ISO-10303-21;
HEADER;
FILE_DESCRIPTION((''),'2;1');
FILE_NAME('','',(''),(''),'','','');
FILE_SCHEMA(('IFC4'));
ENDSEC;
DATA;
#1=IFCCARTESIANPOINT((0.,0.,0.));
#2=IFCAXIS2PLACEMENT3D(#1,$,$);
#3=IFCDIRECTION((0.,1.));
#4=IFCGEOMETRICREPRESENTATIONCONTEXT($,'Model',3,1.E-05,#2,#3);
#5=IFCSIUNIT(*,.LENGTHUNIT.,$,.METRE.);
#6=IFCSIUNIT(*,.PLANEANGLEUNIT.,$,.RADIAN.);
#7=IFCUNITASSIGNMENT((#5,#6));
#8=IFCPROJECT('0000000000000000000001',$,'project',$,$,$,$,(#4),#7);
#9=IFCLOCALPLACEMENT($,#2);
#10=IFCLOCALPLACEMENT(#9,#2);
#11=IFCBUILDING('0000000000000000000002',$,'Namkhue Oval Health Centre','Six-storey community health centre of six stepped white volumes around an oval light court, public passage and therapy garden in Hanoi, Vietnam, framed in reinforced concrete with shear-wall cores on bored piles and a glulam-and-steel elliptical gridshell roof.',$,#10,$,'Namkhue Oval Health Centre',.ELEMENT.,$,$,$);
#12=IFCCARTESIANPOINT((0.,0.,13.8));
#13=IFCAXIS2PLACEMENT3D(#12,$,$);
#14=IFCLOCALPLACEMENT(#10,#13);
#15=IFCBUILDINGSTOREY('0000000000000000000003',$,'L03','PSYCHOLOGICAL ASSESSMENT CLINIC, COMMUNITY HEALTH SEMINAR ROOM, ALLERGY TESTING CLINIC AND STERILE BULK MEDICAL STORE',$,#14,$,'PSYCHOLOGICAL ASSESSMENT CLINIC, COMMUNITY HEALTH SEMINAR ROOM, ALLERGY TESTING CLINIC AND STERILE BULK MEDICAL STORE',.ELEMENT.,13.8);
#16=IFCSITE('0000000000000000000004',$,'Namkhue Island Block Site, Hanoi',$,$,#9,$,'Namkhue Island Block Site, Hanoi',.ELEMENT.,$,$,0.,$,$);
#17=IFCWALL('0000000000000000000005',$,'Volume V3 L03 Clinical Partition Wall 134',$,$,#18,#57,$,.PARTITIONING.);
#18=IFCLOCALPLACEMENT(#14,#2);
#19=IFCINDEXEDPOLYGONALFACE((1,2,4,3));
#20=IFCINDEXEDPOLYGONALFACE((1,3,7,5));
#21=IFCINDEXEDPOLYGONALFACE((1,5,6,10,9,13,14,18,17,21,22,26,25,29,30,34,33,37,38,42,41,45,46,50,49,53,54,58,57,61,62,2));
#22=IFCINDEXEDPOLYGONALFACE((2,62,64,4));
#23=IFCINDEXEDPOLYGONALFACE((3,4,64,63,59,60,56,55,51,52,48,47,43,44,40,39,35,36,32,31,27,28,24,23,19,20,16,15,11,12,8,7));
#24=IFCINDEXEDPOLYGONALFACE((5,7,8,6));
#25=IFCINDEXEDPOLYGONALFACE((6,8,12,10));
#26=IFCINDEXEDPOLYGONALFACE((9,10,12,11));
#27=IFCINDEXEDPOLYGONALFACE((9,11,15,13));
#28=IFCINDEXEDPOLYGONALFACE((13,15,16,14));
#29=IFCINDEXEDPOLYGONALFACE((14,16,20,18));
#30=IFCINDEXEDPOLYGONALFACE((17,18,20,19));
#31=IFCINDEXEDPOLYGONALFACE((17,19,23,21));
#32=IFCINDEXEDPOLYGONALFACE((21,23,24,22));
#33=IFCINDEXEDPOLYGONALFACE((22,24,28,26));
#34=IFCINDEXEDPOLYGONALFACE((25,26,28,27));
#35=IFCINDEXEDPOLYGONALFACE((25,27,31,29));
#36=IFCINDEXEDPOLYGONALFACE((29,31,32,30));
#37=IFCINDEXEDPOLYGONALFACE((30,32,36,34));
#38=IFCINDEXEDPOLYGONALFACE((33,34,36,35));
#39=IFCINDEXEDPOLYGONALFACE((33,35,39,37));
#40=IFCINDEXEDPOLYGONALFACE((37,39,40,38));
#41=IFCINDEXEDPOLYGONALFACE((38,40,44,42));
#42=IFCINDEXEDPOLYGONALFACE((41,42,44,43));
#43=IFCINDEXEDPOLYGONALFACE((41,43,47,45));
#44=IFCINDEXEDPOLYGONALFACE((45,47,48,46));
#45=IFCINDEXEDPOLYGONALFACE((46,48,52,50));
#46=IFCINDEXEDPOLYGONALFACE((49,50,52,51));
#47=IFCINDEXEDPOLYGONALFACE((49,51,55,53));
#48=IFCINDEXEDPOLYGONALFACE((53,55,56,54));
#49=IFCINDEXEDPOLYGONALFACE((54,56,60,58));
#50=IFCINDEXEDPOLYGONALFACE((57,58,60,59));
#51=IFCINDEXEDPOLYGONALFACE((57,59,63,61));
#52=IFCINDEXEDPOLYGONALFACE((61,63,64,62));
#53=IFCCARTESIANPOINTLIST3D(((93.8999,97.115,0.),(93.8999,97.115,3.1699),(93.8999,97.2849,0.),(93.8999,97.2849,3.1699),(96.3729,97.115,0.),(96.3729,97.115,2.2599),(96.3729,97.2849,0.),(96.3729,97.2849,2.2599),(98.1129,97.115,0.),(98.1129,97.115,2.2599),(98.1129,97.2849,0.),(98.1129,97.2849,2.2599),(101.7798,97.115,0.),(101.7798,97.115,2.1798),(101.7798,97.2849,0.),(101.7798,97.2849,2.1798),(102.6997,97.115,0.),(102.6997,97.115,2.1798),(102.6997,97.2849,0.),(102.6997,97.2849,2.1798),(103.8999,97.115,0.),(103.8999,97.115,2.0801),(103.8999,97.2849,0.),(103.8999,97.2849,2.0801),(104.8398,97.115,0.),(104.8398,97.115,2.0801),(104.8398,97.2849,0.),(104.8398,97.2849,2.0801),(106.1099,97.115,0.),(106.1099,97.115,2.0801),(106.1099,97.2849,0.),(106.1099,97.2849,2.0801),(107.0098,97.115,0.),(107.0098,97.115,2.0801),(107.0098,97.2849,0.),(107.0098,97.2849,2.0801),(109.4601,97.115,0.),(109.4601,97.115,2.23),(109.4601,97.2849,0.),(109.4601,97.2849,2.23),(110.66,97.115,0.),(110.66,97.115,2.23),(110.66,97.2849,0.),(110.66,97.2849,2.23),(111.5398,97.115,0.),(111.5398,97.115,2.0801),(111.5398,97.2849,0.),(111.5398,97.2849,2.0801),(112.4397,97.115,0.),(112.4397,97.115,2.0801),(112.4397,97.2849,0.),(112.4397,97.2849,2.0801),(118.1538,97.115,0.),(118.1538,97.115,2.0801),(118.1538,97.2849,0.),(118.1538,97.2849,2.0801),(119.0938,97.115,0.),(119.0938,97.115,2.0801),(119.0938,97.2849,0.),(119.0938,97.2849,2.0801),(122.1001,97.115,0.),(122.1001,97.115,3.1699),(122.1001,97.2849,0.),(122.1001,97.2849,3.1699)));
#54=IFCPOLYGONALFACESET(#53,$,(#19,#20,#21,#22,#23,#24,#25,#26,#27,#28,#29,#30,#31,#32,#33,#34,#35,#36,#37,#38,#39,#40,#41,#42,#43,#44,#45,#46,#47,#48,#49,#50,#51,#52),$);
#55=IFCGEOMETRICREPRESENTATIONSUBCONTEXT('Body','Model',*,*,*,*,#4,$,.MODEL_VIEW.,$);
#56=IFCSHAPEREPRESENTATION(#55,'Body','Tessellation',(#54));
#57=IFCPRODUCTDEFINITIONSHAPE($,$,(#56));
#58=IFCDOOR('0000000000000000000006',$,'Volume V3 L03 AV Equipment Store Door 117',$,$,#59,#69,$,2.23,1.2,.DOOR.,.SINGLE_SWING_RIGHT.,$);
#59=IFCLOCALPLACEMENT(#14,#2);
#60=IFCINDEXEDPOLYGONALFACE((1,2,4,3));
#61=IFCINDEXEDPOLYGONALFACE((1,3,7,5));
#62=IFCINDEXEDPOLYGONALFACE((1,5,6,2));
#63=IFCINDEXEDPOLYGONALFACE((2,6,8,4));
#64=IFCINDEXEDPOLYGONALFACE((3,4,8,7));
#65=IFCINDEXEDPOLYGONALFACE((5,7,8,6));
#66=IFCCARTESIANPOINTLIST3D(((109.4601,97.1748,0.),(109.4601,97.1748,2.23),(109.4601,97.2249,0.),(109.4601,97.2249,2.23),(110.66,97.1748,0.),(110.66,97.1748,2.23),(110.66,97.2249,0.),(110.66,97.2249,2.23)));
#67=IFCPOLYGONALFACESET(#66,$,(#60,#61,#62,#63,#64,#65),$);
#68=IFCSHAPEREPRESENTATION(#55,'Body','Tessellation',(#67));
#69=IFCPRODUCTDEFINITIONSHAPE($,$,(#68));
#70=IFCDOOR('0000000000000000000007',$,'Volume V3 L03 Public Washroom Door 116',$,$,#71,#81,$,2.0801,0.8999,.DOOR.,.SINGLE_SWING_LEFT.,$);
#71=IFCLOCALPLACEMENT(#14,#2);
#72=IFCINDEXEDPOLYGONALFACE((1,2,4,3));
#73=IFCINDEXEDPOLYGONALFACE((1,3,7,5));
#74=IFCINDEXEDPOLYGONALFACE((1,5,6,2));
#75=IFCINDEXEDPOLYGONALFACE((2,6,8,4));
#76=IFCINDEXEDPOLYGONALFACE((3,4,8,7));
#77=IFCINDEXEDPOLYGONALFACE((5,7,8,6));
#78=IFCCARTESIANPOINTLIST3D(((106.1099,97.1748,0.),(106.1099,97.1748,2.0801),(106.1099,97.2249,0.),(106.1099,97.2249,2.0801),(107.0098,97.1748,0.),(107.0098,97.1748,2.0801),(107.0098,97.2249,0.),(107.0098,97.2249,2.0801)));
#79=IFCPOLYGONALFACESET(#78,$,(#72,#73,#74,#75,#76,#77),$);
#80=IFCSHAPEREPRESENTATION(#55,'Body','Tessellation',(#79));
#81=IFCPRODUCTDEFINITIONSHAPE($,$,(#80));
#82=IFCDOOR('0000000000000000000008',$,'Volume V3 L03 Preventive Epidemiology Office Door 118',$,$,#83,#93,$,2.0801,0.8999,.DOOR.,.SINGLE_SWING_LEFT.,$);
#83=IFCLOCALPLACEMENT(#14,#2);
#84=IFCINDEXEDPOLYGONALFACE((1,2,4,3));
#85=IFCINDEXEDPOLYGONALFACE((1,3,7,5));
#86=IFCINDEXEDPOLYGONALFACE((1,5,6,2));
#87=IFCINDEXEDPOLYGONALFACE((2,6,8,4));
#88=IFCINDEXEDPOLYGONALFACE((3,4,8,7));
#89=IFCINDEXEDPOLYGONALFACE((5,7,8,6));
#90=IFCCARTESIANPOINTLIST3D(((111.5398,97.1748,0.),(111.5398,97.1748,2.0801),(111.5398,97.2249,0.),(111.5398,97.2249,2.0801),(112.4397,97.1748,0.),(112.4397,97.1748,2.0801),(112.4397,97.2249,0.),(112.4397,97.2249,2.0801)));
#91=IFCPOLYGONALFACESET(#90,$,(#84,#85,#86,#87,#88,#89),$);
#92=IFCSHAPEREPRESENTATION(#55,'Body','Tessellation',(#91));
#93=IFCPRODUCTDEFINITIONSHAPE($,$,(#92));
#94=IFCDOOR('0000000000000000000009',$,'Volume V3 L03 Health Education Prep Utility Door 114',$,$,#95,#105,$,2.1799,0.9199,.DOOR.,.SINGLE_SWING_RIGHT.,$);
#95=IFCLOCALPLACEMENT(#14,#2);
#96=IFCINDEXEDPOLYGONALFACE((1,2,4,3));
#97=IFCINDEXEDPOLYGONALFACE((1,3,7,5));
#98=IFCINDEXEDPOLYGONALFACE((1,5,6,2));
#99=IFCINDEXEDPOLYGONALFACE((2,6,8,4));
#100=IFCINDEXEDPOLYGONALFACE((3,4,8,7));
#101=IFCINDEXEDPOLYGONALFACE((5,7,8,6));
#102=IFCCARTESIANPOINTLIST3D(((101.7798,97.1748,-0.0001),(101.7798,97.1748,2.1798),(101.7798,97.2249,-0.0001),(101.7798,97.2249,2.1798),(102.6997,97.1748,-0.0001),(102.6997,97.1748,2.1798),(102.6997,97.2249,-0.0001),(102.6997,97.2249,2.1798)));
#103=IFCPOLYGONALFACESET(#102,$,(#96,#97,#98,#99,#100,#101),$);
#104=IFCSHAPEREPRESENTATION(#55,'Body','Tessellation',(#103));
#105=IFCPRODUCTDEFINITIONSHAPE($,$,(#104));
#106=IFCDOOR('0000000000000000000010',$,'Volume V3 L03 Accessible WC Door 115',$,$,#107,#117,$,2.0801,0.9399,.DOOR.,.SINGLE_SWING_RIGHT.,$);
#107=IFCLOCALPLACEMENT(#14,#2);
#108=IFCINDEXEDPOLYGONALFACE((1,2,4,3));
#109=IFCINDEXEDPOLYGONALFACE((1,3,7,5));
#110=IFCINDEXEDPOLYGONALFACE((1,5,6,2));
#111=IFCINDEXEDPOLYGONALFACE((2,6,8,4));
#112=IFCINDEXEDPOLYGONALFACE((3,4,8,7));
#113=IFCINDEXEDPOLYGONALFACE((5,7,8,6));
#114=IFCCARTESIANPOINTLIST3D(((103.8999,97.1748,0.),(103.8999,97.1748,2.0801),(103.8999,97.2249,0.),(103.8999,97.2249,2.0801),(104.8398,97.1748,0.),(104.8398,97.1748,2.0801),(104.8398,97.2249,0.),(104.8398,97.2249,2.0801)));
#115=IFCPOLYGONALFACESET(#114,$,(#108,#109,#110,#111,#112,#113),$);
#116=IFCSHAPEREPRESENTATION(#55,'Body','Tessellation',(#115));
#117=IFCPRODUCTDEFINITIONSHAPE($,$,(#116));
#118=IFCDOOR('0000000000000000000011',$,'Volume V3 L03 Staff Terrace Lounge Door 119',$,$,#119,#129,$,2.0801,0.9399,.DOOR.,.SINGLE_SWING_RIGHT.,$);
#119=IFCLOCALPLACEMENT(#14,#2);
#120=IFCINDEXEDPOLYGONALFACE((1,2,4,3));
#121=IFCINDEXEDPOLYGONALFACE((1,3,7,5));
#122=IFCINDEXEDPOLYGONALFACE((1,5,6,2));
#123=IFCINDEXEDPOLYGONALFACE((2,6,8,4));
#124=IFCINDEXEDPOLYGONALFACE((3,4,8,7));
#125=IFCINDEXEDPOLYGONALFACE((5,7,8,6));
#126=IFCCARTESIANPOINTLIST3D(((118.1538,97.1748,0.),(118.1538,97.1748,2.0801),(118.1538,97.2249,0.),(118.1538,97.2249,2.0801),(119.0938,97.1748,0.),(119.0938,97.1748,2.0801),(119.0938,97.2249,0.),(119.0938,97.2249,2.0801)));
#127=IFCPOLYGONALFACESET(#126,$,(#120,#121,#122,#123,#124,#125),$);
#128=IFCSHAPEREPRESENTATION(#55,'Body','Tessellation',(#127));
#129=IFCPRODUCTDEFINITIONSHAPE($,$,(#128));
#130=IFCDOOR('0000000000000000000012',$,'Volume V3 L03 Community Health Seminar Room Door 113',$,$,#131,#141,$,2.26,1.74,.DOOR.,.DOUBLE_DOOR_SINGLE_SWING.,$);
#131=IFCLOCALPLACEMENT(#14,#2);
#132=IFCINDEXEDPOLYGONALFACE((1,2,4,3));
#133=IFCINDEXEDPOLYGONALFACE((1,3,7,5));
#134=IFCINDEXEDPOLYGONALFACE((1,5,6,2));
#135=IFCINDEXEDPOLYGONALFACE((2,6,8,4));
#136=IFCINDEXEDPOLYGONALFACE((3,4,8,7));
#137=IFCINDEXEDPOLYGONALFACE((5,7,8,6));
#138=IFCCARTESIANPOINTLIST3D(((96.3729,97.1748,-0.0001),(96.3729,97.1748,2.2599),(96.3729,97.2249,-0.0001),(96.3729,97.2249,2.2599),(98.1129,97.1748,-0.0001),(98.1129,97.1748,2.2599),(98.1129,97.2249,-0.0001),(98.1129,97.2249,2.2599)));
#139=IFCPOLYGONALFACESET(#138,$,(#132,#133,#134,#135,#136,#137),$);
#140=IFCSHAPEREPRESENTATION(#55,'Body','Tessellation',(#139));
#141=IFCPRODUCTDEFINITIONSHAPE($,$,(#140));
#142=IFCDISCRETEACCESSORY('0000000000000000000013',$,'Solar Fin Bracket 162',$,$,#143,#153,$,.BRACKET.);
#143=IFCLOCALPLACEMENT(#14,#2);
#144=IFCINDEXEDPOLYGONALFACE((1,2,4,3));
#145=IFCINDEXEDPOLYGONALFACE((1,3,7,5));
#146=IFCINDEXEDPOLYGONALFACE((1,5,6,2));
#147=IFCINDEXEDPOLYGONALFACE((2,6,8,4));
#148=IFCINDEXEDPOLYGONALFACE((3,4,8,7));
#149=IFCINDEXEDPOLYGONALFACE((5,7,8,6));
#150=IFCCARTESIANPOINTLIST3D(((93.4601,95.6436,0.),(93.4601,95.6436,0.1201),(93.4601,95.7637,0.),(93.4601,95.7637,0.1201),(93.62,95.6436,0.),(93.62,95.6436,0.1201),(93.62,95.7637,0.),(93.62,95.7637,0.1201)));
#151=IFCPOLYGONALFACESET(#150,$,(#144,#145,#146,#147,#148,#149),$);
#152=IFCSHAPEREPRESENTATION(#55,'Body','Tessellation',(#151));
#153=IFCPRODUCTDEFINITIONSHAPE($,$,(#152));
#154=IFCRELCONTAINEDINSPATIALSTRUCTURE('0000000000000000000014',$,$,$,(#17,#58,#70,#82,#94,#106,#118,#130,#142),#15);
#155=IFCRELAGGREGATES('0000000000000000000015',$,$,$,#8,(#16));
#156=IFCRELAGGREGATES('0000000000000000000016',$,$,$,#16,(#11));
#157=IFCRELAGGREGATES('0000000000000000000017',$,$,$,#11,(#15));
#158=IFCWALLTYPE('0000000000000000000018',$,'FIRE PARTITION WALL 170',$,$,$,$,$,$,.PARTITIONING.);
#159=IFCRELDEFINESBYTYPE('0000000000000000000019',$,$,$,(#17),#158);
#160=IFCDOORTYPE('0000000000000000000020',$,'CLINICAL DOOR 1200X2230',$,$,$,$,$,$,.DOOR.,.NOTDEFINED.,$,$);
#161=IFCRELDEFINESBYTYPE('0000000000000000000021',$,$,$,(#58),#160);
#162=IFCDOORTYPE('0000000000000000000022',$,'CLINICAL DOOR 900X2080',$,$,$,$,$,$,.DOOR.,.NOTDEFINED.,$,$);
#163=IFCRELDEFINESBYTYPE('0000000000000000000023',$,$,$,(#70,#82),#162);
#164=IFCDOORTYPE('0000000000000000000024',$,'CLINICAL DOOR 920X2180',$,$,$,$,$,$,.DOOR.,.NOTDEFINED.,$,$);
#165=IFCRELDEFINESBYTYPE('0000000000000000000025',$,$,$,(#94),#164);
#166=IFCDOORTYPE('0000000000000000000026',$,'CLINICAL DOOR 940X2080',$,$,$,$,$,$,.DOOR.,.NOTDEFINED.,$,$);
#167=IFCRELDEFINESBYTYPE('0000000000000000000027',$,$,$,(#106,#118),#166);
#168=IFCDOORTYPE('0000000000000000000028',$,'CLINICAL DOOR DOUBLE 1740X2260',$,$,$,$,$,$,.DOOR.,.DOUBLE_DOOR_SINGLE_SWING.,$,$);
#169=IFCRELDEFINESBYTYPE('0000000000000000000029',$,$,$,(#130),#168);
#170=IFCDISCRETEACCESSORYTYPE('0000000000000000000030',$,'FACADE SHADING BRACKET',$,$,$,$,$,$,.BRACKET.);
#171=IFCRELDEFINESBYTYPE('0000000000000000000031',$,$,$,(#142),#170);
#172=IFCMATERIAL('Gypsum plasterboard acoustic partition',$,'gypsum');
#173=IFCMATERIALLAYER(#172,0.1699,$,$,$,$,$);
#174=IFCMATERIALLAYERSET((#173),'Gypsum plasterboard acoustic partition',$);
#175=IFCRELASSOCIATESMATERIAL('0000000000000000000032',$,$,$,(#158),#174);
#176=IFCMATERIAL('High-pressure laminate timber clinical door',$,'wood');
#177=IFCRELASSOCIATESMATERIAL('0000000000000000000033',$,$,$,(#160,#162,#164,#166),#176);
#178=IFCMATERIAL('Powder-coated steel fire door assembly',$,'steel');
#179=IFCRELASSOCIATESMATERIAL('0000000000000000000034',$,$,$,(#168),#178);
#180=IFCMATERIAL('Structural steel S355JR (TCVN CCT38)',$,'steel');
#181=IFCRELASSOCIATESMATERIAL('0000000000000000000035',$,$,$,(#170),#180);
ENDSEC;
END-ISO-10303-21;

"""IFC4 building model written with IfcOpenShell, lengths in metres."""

from ifc_helpers import new_model, si_unit, direction, frame, frame_2d, origin, origin_2d, place, context, subcontext, project, spatial, rectangle, extrude, material, layer, layer_set, type_object, element, fill, save


model = new_model("IFC4")

# Units and contexts
model_context = context("Model", 3, precision=1e-05, world=origin(), true_north=direction((0.0, 1.0)))
body_context = subcontext(model_context, "Body", "Model", "MODEL_VIEW")
ifc_project = project(units=[si_unit("LENGTHUNIT", "METRE"), si_unit("PLANEANGLEUNIT", "RADIAN")], contexts=[model_context])

# Site, building, storey
site_placement = place(None, origin())
site = spatial("IfcSite", under=ifc_project, at=site_placement, Name="Namkhue Island Block Site, Hanoi", LongName="Namkhue Island Block Site, Hanoi", CompositionType="ELEMENT", RefElevation=0.0)
building_placement = place(site_placement, origin())
building = spatial("IfcBuilding", under=site, at=building_placement, Name="Namkhue Oval Health Centre", Description="Six-storey community health centre of six stepped white volumes around an oval light court, public passage and therapy garden in Hanoi, Vietnam, framed in reinforced concrete with shear-wall cores on bored piles and a glulam-and-steel elliptical gridshell roof.", LongName="Namkhue Oval Health Centre", CompositionType="ELEMENT")
storey_placement = place(building_placement, frame((0.0, 0.0, 13.8)))
storey = spatial("IfcBuildingStorey", under=building, at=storey_placement, Name="L03", Description="PSYCHOLOGICAL ASSESSMENT CLINIC, COMMUNITY HEALTH SEMINAR ROOM, ALLERGY TESTING CLINIC AND STERILE BULK MEDICAL STORE", LongName="PSYCHOLOGICAL ASSESSMENT CLINIC, COMMUNITY HEALTH SEMINAR ROOM, ALLERGY TESTING CLINIC AND STERILE BULK MEDICAL STORE", CompositionType="ELEMENT", Elevation=13.8)

# Wall, openings, doors
ifc_material_1 = material(Name="Gypsum plasterboard acoustic partition", Category="gypsum")
ifc_layer_1 = layer(ifc_material_1, 0.1699)
ifc_layer_set_1 = layer_set([ifc_layer_1], Name="Gypsum plasterboard acoustic partition")
wall_type = type_object("IfcWallType", Name="FIRE PARTITION WALL 170", PredefinedType="PARTITIONING", material=ifc_layer_set_1)
wall_placement = place(storey_placement, frame((93.8999, 97.2, 0.0), z_axis=(0.0, 0.0, 1.0), x_axis=(1.0, 0.0, 0.0)))
wall = element("IfcWall", 1, at=wall_placement, inside=storey, type_object=wall_type, Name="Volume V3 L03 Clinical Partition Wall 134", PredefinedType="PARTITIONING", context=body_context, shape_type="SweptSolid", body=[
    extrude(rectangle(XDim=28.2002, YDim=0.1699, at=frame_2d((14.1001, 0.0))), origin(), (0.0, 0.0, 1.0), 3.1699),
])
opening_1_placement = place(wall_placement, frame((2.4729, 0.0, 0.0)))
opening_1 = element("IfcOpeningElement", 2, at=opening_1_placement, cuts=wall, PredefinedType="OPENING", context=body_context, shape_type="SweptSolid", body=[
    extrude(rectangle(XDim=1.74, YDim=2.26, at=frame_2d((0.8701, 1.1299))), frame((0.0, 0.095, 0.0), z_axis=(0.0, -1.0, 0.0), x_axis=(1.0, 0.0, 0.0)), (0.0, 0.0, 1.0), 0.1899),
])
opening_2_placement = place(wall_placement, frame((7.8799, 0.0, 0.0)))
opening_2 = element("IfcOpeningElement", 3, at=opening_2_placement, cuts=wall, PredefinedType="OPENING", context=body_context, shape_type="SweptSolid", body=[
    extrude(rectangle(XDim=0.9199, YDim=2.1799, at=frame_2d((0.46, 1.0898))), frame((0.0, 0.095, 0.0), z_axis=(0.0, -1.0, 0.0), x_axis=(1.0, 0.0, 0.0)), (0.0, 0.0, 1.0), 0.1899),
])
opening_3_placement = place(wall_placement, frame((10.0, 0.0, 0.0)))
opening_3 = element("IfcOpeningElement", 4, at=opening_3_placement, cuts=wall, PredefinedType="OPENING", context=body_context, shape_type="SweptSolid", body=[
    extrude(rectangle(XDim=0.9399, YDim=2.0801, at=frame_2d((0.47, 1.04))), frame((0.0, 0.095, 0.0), z_axis=(0.0, -1.0, 0.0), x_axis=(1.0, 0.0, 0.0)), (0.0, 0.0, 1.0), 0.1899),
])
opening_4_placement = place(wall_placement, frame((12.21, 0.0, 0.0)))
opening_4 = element("IfcOpeningElement", 5, at=opening_4_placement, cuts=wall, PredefinedType="OPENING", context=body_context, shape_type="SweptSolid", body=[
    extrude(rectangle(XDim=0.8999, YDim=2.0801, at=frame_2d((0.45, 1.04))), frame((0.0, 0.095, 0.0), z_axis=(0.0, -1.0, 0.0), x_axis=(1.0, 0.0, 0.0)), (0.0, 0.0, 1.0), 0.1899),
])
opening_5_placement = place(wall_placement, frame((15.5601, 0.0, 0.0)))
opening_5 = element("IfcOpeningElement", 6, at=opening_5_placement, cuts=wall, PredefinedType="OPENING", context=body_context, shape_type="SweptSolid", body=[
    extrude(rectangle(XDim=1.2, YDim=2.23, at=frame_2d((0.6001, 1.115))), frame((0.0, 0.095, 0.0), z_axis=(0.0, -1.0, 0.0), x_axis=(1.0, 0.0, 0.0)), (0.0, 0.0, 1.0), 0.1899),
])
opening_6_placement = place(wall_placement, frame((17.6399, 0.0, 0.0)))
opening_6 = element("IfcOpeningElement", 7, at=opening_6_placement, cuts=wall, PredefinedType="OPENING", context=body_context, shape_type="SweptSolid", body=[
    extrude(rectangle(XDim=0.8999, YDim=2.0801, at=frame_2d((0.45, 1.04))), frame((0.0, 0.095, 0.0), z_axis=(0.0, -1.0, 0.0), x_axis=(1.0, 0.0, 0.0)), (0.0, 0.0, 1.0), 0.1899),
])
opening_7_placement = place(wall_placement, frame((24.2539, 0.0, 0.0)))
opening_7 = element("IfcOpeningElement", 8, at=opening_7_placement, cuts=wall, PredefinedType="OPENING", context=body_context, shape_type="SweptSolid", body=[
    extrude(rectangle(XDim=0.9399, YDim=2.0801, at=frame_2d((0.47, 1.04))), frame((0.0, 0.095, 0.0), z_axis=(0.0, -1.0, 0.0), x_axis=(1.0, 0.0, 0.0)), (0.0, 0.0, 1.0), 0.1899),
])
ifc_material_2 = material(Name="High-pressure laminate timber clinical door", Category="wood")
door_type_1 = type_object("IfcDoorType", Name="CLINICAL DOOR 1200X2230", OperationType="NOTDEFINED", PredefinedType="DOOR", material=ifc_material_2)
door_1_placement = place(opening_5_placement, origin())
door_1 = element("IfcDoor", 9, at=door_1_placement, inside=storey, type_object=door_type_1, Name="Volume V3 L03 AV Equipment Store Door 117", OperationType="SINGLE_SWING_RIGHT", OverallHeight=2.23, OverallWidth=1.2, PredefinedType="DOOR", context=body_context, shape_type="SweptSolid", body=[
    extrude(rectangle(XDim=1.2, YDim=2.23, at=frame_2d((0.6001, 1.115))), frame((0.0, 0.0249, 0.0), z_axis=(0.0, -1.0, 0.0), x_axis=(1.0, 0.0, 0.0)), (0.0, 0.0, 1.0), 0.05),
])
fill(opening_5, door_1)
door_type_2 = type_object("IfcDoorType", Name="CLINICAL DOOR 900X2080", OperationType="NOTDEFINED", PredefinedType="DOOR", material=ifc_material_2)
door_2_placement = place(opening_4_placement, origin())
door_2 = element("IfcDoor", 10, at=door_2_placement, inside=storey, type_object=door_type_2, Name="Volume V3 L03 Public Washroom Door 116", OperationType="SINGLE_SWING_LEFT", OverallHeight=2.0801, OverallWidth=0.8999, PredefinedType="DOOR", context=body_context, shape_type="SweptSolid", body=[
    extrude(rectangle(XDim=0.8999, YDim=2.0801, at=frame_2d((0.45, 1.04))), frame((0.0, 0.0249, 0.0), z_axis=(0.0, -1.0, 0.0), x_axis=(1.0, 0.0, 0.0)), (0.0, 0.0, 1.0), 0.05),
])
fill(opening_4, door_2)
door_3_placement = place(opening_6_placement, origin())
door_3 = element("IfcDoor", 11, at=door_3_placement, inside=storey, type_object=door_type_2, Name="Volume V3 L03 Preventive Epidemiology Office Door 118", OperationType="SINGLE_SWING_LEFT", OverallHeight=2.0801, OverallWidth=0.8999, PredefinedType="DOOR", context=body_context, shape_type="SweptSolid", body=[
    extrude(rectangle(XDim=0.8999, YDim=2.0801, at=frame_2d((0.45, 1.04))), frame((0.0, 0.0249, 0.0), z_axis=(0.0, -1.0, 0.0), x_axis=(1.0, 0.0, 0.0)), (0.0, 0.0, 1.0), 0.05),
])
fill(opening_6, door_3)
door_type_3 = type_object("IfcDoorType", Name="CLINICAL DOOR 920X2180", OperationType="NOTDEFINED", PredefinedType="DOOR", material=ifc_material_2)
door_4_placement = place(opening_2_placement, origin())
door_4 = element("IfcDoor", 12, at=door_4_placement, inside=storey, type_object=door_type_3, Name="Volume V3 L03 Health Education Prep Utility Door 114", OperationType="SINGLE_SWING_RIGHT", OverallHeight=2.1799, OverallWidth=0.9199, PredefinedType="DOOR", context=body_context, shape_type="SweptSolid", body=[
    extrude(rectangle(XDim=0.9199, YDim=2.1799, at=frame_2d((0.46, 1.0898))), frame((0.0, 0.0249, 0.0), z_axis=(0.0, -1.0, 0.0), x_axis=(1.0, 0.0, 0.0)), (0.0, 0.0, 1.0), 0.05),
])
fill(opening_2, door_4)
door_type_4 = type_object("IfcDoorType", Name="CLINICAL DOOR 940X2080", OperationType="NOTDEFINED", PredefinedType="DOOR", material=ifc_material_2)
door_5_placement = place(opening_3_placement, origin())
door_5 = element("IfcDoor", 13, at=door_5_placement, inside=storey, type_object=door_type_4, Name="Volume V3 L03 Accessible WC Door 115", OperationType="SINGLE_SWING_RIGHT", OverallHeight=2.0801, OverallWidth=0.9399, PredefinedType="DOOR", context=body_context, shape_type="SweptSolid", body=[
    extrude(rectangle(XDim=0.9399, YDim=2.0801, at=frame_2d((0.47, 1.04))), frame((0.0, 0.0249, 0.0), z_axis=(0.0, -1.0, 0.0), x_axis=(1.0, 0.0, 0.0)), (0.0, 0.0, 1.0), 0.05),
])
fill(opening_3, door_5)
door_6_placement = place(opening_7_placement, origin())
door_6 = element("IfcDoor", 14, at=door_6_placement, inside=storey, type_object=door_type_4, Name="Volume V3 L03 Staff Terrace Lounge Door 119", OperationType="SINGLE_SWING_RIGHT", OverallHeight=2.0801, OverallWidth=0.9399, PredefinedType="DOOR", context=body_context, shape_type="SweptSolid", body=[
    extrude(rectangle(XDim=0.9399, YDim=2.0801, at=frame_2d((0.47, 1.04))), frame((0.0, 0.0249, 0.0), z_axis=(0.0, -1.0, 0.0), x_axis=(1.0, 0.0, 0.0)), (0.0, 0.0, 1.0), 0.05),
])
fill(opening_7, door_6)
ifc_material_3 = material(Name="Powder-coated steel fire door assembly", Category="steel")
door_type_5 = type_object("IfcDoorType", Name="CLINICAL DOOR DOUBLE 1740X2260", OperationType="DOUBLE_DOOR_SINGLE_SWING", PredefinedType="DOOR", material=ifc_material_3)
door_7_placement = place(opening_1_placement, origin())
door_7 = element("IfcDoor", 15, at=door_7_placement, inside=storey, type_object=door_type_5, Name="Volume V3 L03 Community Health Seminar Room Door 113", OperationType="DOUBLE_DOOR_SINGLE_SWING", OverallHeight=2.26, OverallWidth=1.74, PredefinedType="DOOR", context=body_context, shape_type="SweptSolid", body=[
    extrude(rectangle(XDim=1.74, YDim=2.26, at=frame_2d((0.8701, 1.1299))), frame((0.0, 0.0249, 0.0), z_axis=(0.0, -1.0, 0.0), x_axis=(1.0, 0.0, 0.0)), (0.0, 0.0, 1.0), 0.05),
])
fill(opening_1, door_7)

# Discrete accessory
ifc_material_4 = material(Name="Structural steel S355JR (TCVN CCT38)", Category="steel")
discrete_accessory_type = type_object("IfcDiscreteAccessoryType", Name="FACADE SHADING BRACKET", PredefinedType="BRACKET", material=ifc_material_4)
discrete_accessory_placement = place(storey_placement, frame((93.54, 95.7036, 0.0), z_axis=(0.0, 0.0, 1.0), x_axis=(-1.0, 0.0, 0.0)))
element("IfcDiscreteAccessory", 16, at=discrete_accessory_placement, inside=storey, type_object=discrete_accessory_type, Name="Solar Fin Bracket 162", PredefinedType="BRACKET", context=body_context, shape_type="SweptSolid", body=[
    extrude(rectangle(XDim=0.1599, YDim=0.1201, at=origin_2d()), origin(), (0.0, 0.0, 1.0), 0.1201),
])

save(model, "model.ifc")
